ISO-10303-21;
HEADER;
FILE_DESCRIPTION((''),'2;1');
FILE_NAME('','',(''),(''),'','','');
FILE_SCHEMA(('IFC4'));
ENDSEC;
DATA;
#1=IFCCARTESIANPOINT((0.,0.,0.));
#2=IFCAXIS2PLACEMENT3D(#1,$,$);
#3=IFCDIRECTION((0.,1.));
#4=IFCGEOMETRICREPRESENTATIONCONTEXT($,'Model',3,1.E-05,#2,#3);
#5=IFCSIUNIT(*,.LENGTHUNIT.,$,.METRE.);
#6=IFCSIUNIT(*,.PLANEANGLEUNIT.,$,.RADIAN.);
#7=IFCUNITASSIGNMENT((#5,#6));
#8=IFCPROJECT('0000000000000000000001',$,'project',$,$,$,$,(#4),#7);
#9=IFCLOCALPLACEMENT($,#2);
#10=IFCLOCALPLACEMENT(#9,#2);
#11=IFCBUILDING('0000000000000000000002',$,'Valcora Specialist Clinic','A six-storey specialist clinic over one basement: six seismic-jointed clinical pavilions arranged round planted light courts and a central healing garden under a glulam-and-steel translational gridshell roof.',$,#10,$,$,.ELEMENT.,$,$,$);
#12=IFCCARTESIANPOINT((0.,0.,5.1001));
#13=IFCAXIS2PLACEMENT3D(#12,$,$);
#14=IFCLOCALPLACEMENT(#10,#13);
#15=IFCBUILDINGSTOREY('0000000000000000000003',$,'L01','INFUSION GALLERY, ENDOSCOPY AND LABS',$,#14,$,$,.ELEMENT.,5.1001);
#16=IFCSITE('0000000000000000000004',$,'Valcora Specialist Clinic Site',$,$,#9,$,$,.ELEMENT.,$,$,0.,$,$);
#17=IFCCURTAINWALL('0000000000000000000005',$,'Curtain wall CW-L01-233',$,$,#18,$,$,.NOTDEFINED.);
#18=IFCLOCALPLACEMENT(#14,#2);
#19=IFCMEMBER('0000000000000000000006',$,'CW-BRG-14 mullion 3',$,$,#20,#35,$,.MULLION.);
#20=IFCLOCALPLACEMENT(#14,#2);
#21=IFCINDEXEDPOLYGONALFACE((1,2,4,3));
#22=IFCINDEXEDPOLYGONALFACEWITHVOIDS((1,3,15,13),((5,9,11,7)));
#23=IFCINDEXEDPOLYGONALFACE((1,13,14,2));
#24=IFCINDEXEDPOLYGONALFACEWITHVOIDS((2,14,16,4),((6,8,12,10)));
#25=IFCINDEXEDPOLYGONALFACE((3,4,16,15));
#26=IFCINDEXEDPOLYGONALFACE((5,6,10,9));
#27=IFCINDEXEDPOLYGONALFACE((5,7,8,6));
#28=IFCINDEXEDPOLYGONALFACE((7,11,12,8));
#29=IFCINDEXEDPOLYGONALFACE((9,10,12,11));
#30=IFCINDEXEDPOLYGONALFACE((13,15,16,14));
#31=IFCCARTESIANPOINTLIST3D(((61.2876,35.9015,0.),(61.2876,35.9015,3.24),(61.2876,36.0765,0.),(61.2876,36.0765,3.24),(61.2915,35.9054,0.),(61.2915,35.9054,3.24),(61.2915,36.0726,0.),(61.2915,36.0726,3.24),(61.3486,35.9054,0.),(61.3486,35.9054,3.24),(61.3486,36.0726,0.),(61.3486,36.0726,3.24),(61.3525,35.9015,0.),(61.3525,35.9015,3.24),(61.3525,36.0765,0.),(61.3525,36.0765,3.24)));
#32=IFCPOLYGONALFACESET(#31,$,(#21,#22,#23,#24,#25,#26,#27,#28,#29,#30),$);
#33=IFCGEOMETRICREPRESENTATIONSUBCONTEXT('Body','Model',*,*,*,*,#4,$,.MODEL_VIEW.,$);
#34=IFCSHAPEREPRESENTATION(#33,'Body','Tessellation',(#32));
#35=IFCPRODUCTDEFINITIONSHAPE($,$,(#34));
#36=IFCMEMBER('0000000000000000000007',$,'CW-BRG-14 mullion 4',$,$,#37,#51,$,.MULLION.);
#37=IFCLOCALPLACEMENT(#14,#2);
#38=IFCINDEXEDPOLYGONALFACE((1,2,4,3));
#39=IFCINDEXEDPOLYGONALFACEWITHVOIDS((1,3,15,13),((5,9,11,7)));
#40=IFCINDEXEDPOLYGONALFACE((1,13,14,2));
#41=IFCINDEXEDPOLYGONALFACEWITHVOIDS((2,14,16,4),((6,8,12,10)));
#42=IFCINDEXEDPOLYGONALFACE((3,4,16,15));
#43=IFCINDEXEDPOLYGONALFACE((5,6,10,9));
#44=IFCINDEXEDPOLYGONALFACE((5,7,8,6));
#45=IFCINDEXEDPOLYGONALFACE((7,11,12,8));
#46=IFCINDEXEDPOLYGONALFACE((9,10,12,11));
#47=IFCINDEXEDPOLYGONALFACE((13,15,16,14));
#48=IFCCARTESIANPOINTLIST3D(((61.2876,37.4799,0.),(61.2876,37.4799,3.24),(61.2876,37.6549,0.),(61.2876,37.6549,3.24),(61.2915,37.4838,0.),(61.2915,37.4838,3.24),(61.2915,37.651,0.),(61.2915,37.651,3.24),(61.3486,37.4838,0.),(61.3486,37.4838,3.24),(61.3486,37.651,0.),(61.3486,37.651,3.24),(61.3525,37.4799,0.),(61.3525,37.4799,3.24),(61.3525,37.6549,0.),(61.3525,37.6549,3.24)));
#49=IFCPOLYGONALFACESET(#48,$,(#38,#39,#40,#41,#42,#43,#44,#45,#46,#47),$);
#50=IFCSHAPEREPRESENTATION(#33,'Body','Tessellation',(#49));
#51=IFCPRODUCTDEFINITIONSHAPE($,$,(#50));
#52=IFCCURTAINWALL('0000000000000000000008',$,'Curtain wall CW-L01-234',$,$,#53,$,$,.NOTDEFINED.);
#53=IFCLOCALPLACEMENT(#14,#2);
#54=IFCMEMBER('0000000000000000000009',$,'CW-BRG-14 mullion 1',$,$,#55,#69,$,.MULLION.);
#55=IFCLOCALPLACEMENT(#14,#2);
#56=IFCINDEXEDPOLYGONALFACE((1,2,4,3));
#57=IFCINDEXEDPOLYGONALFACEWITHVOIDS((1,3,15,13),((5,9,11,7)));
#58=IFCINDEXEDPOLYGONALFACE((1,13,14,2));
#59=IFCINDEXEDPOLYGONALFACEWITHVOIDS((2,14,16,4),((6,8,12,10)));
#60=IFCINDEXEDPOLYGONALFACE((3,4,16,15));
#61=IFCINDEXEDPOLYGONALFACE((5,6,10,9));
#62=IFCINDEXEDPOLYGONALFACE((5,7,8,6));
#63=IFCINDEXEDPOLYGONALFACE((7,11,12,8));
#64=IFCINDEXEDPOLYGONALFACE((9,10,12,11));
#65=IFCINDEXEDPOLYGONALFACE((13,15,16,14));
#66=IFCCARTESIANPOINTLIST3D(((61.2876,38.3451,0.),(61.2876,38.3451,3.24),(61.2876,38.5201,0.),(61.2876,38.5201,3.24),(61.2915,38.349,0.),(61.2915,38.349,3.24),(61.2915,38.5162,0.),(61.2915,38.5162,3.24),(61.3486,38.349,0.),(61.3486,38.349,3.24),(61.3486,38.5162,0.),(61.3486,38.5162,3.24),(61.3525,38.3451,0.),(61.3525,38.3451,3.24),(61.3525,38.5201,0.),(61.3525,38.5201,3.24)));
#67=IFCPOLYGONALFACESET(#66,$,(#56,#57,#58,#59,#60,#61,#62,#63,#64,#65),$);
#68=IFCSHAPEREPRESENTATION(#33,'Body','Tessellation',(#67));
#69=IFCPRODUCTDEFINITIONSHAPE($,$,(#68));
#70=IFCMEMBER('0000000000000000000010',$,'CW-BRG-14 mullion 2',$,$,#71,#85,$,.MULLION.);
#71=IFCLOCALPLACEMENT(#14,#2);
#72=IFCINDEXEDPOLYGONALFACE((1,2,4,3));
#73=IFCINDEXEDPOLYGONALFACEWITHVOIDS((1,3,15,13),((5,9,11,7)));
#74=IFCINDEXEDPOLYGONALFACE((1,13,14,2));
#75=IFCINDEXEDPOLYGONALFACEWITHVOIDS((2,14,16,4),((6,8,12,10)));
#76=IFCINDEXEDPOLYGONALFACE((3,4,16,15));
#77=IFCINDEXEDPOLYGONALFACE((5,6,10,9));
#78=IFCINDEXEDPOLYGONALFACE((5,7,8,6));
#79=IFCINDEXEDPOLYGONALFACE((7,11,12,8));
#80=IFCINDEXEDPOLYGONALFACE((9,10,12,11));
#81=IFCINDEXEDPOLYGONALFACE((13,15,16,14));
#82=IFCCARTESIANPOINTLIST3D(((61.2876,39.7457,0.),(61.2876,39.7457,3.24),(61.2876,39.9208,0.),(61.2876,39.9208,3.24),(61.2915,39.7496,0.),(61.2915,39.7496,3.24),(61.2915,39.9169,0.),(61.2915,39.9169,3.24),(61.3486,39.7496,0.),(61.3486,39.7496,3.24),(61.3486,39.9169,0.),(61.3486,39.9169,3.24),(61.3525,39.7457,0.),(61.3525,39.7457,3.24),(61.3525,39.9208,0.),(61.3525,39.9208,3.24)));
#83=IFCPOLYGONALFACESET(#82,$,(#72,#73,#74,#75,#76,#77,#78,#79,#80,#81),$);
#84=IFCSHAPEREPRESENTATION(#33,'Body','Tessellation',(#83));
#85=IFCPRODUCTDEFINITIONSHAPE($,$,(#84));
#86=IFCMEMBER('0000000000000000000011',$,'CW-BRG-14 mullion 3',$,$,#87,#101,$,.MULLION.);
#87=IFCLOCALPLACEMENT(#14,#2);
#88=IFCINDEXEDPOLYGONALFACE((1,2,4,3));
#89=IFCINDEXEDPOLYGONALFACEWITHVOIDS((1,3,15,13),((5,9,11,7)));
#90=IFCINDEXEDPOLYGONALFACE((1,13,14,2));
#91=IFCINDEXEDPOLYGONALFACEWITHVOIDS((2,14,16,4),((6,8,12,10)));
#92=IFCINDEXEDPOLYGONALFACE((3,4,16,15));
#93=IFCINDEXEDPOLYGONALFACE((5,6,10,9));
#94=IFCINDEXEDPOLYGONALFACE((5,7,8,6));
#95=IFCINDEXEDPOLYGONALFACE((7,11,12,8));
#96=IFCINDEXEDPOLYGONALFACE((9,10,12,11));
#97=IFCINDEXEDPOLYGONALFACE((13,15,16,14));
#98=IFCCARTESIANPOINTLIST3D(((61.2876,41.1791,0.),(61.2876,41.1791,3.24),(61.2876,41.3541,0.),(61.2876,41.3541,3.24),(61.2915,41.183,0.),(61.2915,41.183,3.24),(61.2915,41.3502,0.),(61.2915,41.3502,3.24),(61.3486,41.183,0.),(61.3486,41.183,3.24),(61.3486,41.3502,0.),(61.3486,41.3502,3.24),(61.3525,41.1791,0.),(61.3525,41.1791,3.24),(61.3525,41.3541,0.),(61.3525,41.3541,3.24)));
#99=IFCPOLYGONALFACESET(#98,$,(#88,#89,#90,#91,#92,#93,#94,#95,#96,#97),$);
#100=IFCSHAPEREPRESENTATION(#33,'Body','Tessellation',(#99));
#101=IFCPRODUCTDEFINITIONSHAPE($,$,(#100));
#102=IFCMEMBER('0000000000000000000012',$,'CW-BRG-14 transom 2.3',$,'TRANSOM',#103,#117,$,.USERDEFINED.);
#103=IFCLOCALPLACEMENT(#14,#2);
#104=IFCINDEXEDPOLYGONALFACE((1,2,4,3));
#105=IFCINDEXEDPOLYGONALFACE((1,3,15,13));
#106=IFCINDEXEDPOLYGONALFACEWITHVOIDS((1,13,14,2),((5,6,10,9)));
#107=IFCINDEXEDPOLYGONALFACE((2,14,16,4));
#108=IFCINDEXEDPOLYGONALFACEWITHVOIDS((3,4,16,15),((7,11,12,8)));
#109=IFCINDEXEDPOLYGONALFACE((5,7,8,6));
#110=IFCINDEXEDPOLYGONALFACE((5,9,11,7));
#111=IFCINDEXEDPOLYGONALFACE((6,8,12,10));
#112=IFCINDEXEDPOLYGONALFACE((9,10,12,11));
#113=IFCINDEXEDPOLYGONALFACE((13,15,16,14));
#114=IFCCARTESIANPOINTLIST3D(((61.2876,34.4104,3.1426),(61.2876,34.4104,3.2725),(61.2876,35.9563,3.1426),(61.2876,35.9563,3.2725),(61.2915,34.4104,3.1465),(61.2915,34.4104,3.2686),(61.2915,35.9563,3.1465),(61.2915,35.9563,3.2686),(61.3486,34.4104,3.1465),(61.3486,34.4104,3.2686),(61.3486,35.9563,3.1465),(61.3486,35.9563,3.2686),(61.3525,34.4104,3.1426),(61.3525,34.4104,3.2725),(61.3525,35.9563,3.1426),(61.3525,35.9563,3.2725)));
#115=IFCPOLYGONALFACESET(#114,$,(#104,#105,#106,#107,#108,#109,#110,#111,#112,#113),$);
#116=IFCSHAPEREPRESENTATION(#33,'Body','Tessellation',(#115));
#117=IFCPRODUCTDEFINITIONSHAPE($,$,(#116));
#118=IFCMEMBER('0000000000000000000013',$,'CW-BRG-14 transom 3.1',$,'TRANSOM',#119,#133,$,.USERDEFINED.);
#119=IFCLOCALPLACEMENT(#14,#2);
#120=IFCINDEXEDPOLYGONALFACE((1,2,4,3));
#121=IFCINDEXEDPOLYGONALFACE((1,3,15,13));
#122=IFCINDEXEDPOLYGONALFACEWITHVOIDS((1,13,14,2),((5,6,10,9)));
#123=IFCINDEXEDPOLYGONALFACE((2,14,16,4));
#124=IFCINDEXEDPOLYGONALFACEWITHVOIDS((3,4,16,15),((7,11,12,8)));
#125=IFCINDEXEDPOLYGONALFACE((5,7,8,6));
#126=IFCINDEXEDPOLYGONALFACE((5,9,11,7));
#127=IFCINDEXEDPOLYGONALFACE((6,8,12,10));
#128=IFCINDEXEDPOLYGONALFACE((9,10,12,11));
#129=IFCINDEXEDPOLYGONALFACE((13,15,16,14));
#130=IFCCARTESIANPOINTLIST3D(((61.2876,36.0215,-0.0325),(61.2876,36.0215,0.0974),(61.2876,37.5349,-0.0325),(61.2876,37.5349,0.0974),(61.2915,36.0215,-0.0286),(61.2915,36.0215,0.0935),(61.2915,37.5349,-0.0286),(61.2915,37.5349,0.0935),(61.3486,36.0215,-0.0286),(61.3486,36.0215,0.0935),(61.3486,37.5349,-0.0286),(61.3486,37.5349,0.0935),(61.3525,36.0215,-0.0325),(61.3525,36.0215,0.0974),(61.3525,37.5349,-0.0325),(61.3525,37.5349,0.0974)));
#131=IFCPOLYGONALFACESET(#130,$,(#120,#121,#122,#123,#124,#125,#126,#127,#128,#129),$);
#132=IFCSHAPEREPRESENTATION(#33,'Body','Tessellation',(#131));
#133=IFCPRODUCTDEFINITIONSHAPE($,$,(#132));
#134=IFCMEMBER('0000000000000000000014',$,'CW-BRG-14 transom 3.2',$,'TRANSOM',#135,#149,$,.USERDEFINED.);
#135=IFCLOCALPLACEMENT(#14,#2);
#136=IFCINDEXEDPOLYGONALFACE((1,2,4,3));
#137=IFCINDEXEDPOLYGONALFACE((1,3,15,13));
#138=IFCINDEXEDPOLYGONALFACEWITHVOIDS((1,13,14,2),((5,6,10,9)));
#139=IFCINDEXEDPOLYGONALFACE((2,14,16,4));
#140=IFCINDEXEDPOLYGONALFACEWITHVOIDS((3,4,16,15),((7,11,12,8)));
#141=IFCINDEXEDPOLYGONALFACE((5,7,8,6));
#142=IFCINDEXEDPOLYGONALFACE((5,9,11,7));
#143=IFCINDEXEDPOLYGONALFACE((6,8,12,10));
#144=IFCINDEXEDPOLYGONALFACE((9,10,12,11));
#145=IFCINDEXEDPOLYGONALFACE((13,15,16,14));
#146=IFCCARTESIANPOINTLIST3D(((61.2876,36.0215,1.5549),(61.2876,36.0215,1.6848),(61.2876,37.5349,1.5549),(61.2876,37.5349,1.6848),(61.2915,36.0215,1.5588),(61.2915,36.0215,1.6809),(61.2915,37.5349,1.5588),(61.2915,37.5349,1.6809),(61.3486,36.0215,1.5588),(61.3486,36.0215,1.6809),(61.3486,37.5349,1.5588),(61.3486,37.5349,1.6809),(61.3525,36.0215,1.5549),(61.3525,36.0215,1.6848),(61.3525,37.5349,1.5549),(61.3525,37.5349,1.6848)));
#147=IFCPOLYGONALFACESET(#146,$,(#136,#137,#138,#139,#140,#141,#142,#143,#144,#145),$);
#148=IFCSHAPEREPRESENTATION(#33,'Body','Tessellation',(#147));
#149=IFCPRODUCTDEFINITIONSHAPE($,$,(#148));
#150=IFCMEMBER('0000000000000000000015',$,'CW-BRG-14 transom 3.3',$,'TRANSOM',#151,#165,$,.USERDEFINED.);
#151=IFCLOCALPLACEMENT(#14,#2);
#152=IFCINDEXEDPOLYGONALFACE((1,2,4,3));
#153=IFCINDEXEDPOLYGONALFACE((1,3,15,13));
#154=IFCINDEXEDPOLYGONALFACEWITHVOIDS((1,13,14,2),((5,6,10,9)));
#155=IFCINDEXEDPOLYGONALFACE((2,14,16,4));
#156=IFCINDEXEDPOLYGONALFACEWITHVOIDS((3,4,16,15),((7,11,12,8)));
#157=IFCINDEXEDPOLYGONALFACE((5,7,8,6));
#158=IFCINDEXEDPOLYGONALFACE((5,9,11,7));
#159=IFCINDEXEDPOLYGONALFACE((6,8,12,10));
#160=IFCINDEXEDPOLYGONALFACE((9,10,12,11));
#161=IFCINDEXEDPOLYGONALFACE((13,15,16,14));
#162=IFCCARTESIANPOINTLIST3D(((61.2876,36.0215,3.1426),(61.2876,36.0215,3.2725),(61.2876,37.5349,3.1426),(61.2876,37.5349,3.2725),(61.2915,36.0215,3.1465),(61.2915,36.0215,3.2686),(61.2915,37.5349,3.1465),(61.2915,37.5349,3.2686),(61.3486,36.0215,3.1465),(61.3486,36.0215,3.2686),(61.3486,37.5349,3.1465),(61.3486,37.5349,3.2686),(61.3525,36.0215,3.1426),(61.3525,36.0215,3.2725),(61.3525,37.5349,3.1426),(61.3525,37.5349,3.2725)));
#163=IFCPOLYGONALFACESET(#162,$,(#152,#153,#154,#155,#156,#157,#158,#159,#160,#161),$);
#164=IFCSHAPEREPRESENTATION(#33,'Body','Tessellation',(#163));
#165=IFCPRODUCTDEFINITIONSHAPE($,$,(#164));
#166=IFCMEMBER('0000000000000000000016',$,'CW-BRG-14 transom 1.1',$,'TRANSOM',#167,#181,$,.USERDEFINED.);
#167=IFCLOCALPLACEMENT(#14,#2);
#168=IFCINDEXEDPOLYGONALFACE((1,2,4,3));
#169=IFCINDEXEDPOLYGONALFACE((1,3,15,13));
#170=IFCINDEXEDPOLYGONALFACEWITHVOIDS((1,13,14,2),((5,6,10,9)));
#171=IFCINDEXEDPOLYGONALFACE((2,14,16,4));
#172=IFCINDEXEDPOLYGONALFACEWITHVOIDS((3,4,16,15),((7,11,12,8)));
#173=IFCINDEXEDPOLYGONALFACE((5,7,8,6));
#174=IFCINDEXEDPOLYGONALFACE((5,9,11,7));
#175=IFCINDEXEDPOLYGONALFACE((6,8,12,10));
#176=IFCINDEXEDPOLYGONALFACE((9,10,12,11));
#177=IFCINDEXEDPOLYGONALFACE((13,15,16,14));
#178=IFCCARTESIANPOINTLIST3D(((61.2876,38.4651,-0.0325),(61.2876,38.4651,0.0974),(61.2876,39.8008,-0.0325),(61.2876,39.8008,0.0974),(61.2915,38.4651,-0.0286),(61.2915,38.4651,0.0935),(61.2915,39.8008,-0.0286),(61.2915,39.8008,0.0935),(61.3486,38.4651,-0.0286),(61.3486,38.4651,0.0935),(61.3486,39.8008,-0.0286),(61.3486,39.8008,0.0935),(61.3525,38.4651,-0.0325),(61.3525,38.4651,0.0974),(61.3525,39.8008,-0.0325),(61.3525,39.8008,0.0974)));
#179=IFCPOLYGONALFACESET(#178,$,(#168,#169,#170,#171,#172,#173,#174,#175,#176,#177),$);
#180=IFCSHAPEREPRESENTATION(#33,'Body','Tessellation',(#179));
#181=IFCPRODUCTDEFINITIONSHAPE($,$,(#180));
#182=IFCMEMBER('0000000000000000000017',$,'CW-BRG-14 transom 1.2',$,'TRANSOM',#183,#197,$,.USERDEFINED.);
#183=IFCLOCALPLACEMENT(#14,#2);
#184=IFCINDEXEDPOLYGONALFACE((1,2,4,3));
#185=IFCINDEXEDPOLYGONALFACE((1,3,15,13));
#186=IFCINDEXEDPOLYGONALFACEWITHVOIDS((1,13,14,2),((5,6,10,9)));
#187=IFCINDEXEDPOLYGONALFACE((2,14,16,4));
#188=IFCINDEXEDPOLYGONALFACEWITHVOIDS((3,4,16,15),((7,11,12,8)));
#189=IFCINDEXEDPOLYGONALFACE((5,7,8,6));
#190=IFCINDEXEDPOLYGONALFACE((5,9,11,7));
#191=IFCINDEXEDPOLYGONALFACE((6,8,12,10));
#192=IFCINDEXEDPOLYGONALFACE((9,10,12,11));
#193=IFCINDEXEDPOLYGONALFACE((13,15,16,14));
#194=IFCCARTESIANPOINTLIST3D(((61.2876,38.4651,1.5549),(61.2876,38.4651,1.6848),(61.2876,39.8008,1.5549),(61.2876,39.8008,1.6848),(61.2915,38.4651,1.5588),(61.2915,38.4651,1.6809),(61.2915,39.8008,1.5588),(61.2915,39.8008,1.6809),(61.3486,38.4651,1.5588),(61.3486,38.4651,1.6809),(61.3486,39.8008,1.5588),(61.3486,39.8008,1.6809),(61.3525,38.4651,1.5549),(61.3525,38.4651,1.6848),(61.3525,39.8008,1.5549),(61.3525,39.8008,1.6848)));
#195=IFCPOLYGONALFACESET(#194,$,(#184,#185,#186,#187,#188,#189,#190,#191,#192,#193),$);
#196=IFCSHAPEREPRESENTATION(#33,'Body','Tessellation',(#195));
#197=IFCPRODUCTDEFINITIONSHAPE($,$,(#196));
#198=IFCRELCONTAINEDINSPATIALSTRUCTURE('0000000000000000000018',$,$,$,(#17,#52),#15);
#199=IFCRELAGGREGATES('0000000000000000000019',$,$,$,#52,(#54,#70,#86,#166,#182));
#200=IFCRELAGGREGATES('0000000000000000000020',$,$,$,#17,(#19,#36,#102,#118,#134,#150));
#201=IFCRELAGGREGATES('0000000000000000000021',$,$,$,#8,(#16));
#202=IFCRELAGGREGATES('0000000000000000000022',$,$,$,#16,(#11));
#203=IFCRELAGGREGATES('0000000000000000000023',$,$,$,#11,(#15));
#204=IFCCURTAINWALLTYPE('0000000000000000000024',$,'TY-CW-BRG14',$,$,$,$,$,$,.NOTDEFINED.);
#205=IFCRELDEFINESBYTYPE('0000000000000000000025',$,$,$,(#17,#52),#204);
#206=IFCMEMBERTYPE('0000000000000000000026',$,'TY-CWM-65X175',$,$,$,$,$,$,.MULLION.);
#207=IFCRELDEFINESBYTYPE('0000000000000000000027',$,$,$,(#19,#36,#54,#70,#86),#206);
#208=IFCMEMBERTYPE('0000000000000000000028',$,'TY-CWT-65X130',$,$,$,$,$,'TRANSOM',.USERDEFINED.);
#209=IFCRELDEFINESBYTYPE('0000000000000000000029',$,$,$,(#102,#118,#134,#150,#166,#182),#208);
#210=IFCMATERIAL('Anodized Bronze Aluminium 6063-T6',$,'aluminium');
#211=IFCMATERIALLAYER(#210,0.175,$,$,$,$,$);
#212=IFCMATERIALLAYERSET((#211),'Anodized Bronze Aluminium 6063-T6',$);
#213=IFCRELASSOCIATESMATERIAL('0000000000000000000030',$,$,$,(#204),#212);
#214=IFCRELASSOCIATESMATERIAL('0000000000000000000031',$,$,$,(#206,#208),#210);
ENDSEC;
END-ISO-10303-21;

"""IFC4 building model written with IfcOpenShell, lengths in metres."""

from ifc_helpers import new_model, si_unit, direction, frame, origin, origin_2d, place, context, subcontext, project, spatial, hollow_rectangle, extrude, material, layer, layer_set, material_profile, profile_set, type_object, element, aggregate, save


model = new_model("IFC4")

# Units and contexts
model_context = context("Model", 3, precision=1e-05, world=origin(), true_north=direction((0.0, 1.0)))
body_context = subcontext(model_context, "Body", "Model", "MODEL_VIEW")
ifc_project = project(units=[si_unit("LENGTHUNIT", "METRE"), si_unit("PLANEANGLEUNIT", "RADIAN")], contexts=[model_context])

# Site, building, storey
site_placement = place(None, origin())
site = spatial("IfcSite", under=ifc_project, at=site_placement, Name="Valcora Specialist Clinic Site", CompositionType="ELEMENT", RefElevation=0.0)
building_placement = place(site_placement, origin())
building = spatial("IfcBuilding", under=site, at=building_placement, Name="Valcora Specialist Clinic", Description="A six-storey specialist clinic over one basement: six seismic-jointed clinical pavilions arranged round planted light courts and a central healing garden under a glulam-and-steel translational gridshell roof.", CompositionType="ELEMENT")
storey_placement = place(building_placement, frame((0.0, 0.0, 5.1001)))
storey = spatial("IfcBuildingStorey", under=building, at=storey_placement, Name="L01", Description="INFUSION GALLERY, ENDOSCOPY AND LABS", CompositionType="ELEMENT", Elevation=5.1001)

# Curtain walls, members
ifc_material_1 = material(Name="Anodized Bronze Aluminium 6063-T6", Category="aluminium")
ifc_layer_1 = layer(ifc_material_1, 0.175)
ifc_layer_set_1 = layer_set([ifc_layer_1], Name="Anodized Bronze Aluminium 6063-T6")
curtain_wall_type = type_object("IfcCurtainWallType", Name="TY-CW-BRG14", PredefinedType="NOTDEFINED", material=ifc_layer_set_1)
curtain_wall_1_placement = place(storey_placement, origin())
curtain_wall_1 = element("IfcCurtainWall", 1, at=curtain_wall_1_placement, inside=storey, type_object=curtain_wall_type, Name="Curtain wall CW-L01-233", PredefinedType="NOTDEFINED")
ifc_material_profile_1 = material_profile(ifc_material_1, hollow_rectangle(XDim=0.0649, YDim=0.175, WallThickness=0.0039, at=origin_2d()), Name="AL-MUL-65X175")
ifc_profile_set_1 = profile_set([ifc_material_profile_1], Name="Anodized Bronze Aluminium 6063-T6")
member_type_1 = type_object("IfcMemberType", Name="TY-CWM-65X175", PredefinedType="MULLION", material=ifc_profile_set_1)
member_1_placement = place(storey_placement, frame((61.3201, 35.989, 0.0), z_axis=(0.0, 0.0, 1.0), x_axis=(-1.0, 0.0, 0.0)))
member_1 = element("IfcMember", 2, at=member_1_placement, type_object=member_type_1, Name="CW-BRG-14 mullion 3", PredefinedType="MULLION", context=body_context, shape_type="SweptSolid", body=[
    extrude(hollow_rectangle(XDim=0.0649, YDim=0.175, WallThickness=0.0039, at=origin_2d()), origin(), (0.0, 0.0, 1.0), 3.24),
])
member_2_placement = place(storey_placement, frame((61.3201, 37.5674, 0.0), z_axis=(0.0, 0.0, 1.0), x_axis=(-1.0, 0.0, 0.0)))
member_2 = element("IfcMember", 3, at=member_2_placement, type_object=member_type_1, Name="CW-BRG-14 mullion 4", PredefinedType="MULLION", context=body_context, shape_type="SweptSolid", body=[
    extrude(hollow_rectangle(XDim=0.0649, YDim=0.175, WallThickness=0.0039, at=origin_2d()), origin(), (0.0, 0.0, 1.0), 3.24),
])
curtain_wall_2_placement = place(storey_placement, origin())
curtain_wall_2 = element("IfcCurtainWall", 4, at=curtain_wall_2_placement, inside=storey, type_object=curtain_wall_type, Name="Curtain wall CW-L01-234", PredefinedType="NOTDEFINED")
member_3_placement = place(storey_placement, frame((61.3201, 38.4326, 0.0), z_axis=(0.0, 0.0, 1.0), x_axis=(-1.0, 0.0, 0.0)))
member_3 = element("IfcMember", 5, at=member_3_placement, type_object=member_type_1, Name="CW-BRG-14 mullion 1", PredefinedType="MULLION", context=body_context, shape_type="SweptSolid", body=[
    extrude(hollow_rectangle(XDim=0.0649, YDim=0.175, WallThickness=0.0039, at=origin_2d()), origin(), (0.0, 0.0, 1.0), 3.24),
])
member_4_placement = place(storey_placement, frame((61.3201, 39.8333, 0.0), z_axis=(0.0, 0.0, 1.0), x_axis=(-1.0, 0.0, 0.0)))
member_4 = element("IfcMember", 6, at=member_4_placement, type_object=member_type_1, Name="CW-BRG-14 mullion 2", PredefinedType="MULLION", context=body_context, shape_type="SweptSolid", body=[
    extrude(hollow_rectangle(XDim=0.0649, YDim=0.175, WallThickness=0.0039, at=origin_2d()), origin(), (0.0, 0.0, 1.0), 3.24),
])
member_5_placement = place(storey_placement, frame((61.3201, 41.2666, 0.0), z_axis=(0.0, 0.0, 1.0), x_axis=(-1.0, 0.0, 0.0)))
member_5 = element("IfcMember", 7, at=member_5_placement, type_object=member_type_1, Name="CW-BRG-14 mullion 3", PredefinedType="MULLION", context=body_context, shape_type="SweptSolid", body=[
    extrude(hollow_rectangle(XDim=0.0649, YDim=0.175, WallThickness=0.0039, at=origin_2d()), origin(), (0.0, 0.0, 1.0), 3.24),
])

# Members
ifc_material_profile_2 = material_profile(ifc_material_1, hollow_rectangle(XDim=0.0649, YDim=0.1299, WallThickness=0.0039, at=origin_2d()), Name="AL-TRN-65X130")
ifc_profile_set_2 = profile_set([ifc_material_profile_2], Name="Anodized Bronze Aluminium 6063-T6")
member_type_2 = type_object("IfcMemberType", Name="TY-CWT-65X130", ElementType="TRANSOM", PredefinedType="USERDEFINED", material=ifc_profile_set_2)
member_6_placement = place(storey_placement, frame((61.3201, 34.4104, 3.2075), z_axis=(0.0, 1.0, 0.0), x_axis=(-1.0, 0.0, 0.0)))
member_6 = element("IfcMember", 8, at=member_6_placement, type_object=member_type_2, Name="CW-BRG-14 transom 2.3", ObjectType="TRANSOM", PredefinedType="USERDEFINED", context=body_context, shape_type="SweptSolid", body=[
    extrude(hollow_rectangle(XDim=0.0649, YDim=0.1299, WallThickness=0.0039, at=origin_2d()), origin(), (0.0, 0.0, 1.0), 1.5459),
])
member_7_placement = place(storey_placement, frame((61.3201, 36.0215, 0.0325), z_axis=(0.0, 1.0, 0.0), x_axis=(-1.0, 0.0, 0.0)))
member_7 = element("IfcMember", 9, at=member_7_placement, type_object=member_type_2, Name="CW-BRG-14 transom 3.1", ObjectType="TRANSOM", PredefinedType="USERDEFINED", context=body_context, shape_type="SweptSolid", body=[
    extrude(hollow_rectangle(XDim=0.0649, YDim=0.1299, WallThickness=0.0039, at=origin_2d()), origin(), (0.0, 0.0, 1.0), 1.5134),
])
member_8_placement = place(storey_placement, frame((61.3201, 36.0215, 1.6199), z_axis=(0.0, 1.0, 0.0), x_axis=(-1.0, 0.0, 0.0)))
member_8 = element("IfcMember", 10, at=member_8_placement, type_object=member_type_2, Name="CW-BRG-14 transom 3.2", ObjectType="TRANSOM", PredefinedType="USERDEFINED", context=body_context, shape_type="SweptSolid", body=[
    extrude(hollow_rectangle(XDim=0.0649, YDim=0.1299, WallThickness=0.0039, at=origin_2d()), origin(), (0.0, 0.0, 1.0), 1.5134),
])
member_9_placement = place(storey_placement, frame((61.3201, 36.0215, 3.2075), z_axis=(0.0, 1.0, 0.0), x_axis=(-1.0, 0.0, 0.0)))
member_9 = element("IfcMember", 11, at=member_9_placement, type_object=member_type_2, Name="CW-BRG-14 transom 3.3", ObjectType="TRANSOM", PredefinedType="USERDEFINED", context=body_context, shape_type="SweptSolid", body=[
    extrude(hollow_rectangle(XDim=0.0649, YDim=0.1299, WallThickness=0.0039, at=origin_2d()), origin(), (0.0, 0.0, 1.0), 1.5134),
])
member_10_placement = place(storey_placement, frame((61.3201, 38.4651, 0.0325), z_axis=(0.0, 1.0, 0.0), x_axis=(-1.0, 0.0, 0.0)))
member_10 = element("IfcMember", 12, at=member_10_placement, type_object=member_type_2, Name="CW-BRG-14 transom 1.1", ObjectType="TRANSOM", PredefinedType="USERDEFINED", context=body_context, shape_type="SweptSolid", body=[
    extrude(hollow_rectangle(XDim=0.0649, YDim=0.1299, WallThickness=0.0039, at=origin_2d()), origin(), (0.0, 0.0, 1.0), 1.3357),
])
member_11_placement = place(storey_placement, frame((61.3201, 38.4651, 1.6199), z_axis=(0.0, 1.0, 0.0), x_axis=(-1.0, 0.0, 0.0)))
member_11 = element("IfcMember", 13, at=member_11_placement, type_object=member_type_2, Name="CW-BRG-14 transom 1.2", ObjectType="TRANSOM", PredefinedType="USERDEFINED", context=body_context, shape_type="SweptSolid", body=[
    extrude(hollow_rectangle(XDim=0.0649, YDim=0.1299, WallThickness=0.0039, at=origin_2d()), origin(), (0.0, 0.0, 1.0), 1.3357),
])

aggregate(curtain_wall_2, [member_3, member_4, member_5, member_10, member_11])
aggregate(curtain_wall_1, [member_1, member_2, member_6, member_7, member_8, member_9])

save(model, "model.ifc")
